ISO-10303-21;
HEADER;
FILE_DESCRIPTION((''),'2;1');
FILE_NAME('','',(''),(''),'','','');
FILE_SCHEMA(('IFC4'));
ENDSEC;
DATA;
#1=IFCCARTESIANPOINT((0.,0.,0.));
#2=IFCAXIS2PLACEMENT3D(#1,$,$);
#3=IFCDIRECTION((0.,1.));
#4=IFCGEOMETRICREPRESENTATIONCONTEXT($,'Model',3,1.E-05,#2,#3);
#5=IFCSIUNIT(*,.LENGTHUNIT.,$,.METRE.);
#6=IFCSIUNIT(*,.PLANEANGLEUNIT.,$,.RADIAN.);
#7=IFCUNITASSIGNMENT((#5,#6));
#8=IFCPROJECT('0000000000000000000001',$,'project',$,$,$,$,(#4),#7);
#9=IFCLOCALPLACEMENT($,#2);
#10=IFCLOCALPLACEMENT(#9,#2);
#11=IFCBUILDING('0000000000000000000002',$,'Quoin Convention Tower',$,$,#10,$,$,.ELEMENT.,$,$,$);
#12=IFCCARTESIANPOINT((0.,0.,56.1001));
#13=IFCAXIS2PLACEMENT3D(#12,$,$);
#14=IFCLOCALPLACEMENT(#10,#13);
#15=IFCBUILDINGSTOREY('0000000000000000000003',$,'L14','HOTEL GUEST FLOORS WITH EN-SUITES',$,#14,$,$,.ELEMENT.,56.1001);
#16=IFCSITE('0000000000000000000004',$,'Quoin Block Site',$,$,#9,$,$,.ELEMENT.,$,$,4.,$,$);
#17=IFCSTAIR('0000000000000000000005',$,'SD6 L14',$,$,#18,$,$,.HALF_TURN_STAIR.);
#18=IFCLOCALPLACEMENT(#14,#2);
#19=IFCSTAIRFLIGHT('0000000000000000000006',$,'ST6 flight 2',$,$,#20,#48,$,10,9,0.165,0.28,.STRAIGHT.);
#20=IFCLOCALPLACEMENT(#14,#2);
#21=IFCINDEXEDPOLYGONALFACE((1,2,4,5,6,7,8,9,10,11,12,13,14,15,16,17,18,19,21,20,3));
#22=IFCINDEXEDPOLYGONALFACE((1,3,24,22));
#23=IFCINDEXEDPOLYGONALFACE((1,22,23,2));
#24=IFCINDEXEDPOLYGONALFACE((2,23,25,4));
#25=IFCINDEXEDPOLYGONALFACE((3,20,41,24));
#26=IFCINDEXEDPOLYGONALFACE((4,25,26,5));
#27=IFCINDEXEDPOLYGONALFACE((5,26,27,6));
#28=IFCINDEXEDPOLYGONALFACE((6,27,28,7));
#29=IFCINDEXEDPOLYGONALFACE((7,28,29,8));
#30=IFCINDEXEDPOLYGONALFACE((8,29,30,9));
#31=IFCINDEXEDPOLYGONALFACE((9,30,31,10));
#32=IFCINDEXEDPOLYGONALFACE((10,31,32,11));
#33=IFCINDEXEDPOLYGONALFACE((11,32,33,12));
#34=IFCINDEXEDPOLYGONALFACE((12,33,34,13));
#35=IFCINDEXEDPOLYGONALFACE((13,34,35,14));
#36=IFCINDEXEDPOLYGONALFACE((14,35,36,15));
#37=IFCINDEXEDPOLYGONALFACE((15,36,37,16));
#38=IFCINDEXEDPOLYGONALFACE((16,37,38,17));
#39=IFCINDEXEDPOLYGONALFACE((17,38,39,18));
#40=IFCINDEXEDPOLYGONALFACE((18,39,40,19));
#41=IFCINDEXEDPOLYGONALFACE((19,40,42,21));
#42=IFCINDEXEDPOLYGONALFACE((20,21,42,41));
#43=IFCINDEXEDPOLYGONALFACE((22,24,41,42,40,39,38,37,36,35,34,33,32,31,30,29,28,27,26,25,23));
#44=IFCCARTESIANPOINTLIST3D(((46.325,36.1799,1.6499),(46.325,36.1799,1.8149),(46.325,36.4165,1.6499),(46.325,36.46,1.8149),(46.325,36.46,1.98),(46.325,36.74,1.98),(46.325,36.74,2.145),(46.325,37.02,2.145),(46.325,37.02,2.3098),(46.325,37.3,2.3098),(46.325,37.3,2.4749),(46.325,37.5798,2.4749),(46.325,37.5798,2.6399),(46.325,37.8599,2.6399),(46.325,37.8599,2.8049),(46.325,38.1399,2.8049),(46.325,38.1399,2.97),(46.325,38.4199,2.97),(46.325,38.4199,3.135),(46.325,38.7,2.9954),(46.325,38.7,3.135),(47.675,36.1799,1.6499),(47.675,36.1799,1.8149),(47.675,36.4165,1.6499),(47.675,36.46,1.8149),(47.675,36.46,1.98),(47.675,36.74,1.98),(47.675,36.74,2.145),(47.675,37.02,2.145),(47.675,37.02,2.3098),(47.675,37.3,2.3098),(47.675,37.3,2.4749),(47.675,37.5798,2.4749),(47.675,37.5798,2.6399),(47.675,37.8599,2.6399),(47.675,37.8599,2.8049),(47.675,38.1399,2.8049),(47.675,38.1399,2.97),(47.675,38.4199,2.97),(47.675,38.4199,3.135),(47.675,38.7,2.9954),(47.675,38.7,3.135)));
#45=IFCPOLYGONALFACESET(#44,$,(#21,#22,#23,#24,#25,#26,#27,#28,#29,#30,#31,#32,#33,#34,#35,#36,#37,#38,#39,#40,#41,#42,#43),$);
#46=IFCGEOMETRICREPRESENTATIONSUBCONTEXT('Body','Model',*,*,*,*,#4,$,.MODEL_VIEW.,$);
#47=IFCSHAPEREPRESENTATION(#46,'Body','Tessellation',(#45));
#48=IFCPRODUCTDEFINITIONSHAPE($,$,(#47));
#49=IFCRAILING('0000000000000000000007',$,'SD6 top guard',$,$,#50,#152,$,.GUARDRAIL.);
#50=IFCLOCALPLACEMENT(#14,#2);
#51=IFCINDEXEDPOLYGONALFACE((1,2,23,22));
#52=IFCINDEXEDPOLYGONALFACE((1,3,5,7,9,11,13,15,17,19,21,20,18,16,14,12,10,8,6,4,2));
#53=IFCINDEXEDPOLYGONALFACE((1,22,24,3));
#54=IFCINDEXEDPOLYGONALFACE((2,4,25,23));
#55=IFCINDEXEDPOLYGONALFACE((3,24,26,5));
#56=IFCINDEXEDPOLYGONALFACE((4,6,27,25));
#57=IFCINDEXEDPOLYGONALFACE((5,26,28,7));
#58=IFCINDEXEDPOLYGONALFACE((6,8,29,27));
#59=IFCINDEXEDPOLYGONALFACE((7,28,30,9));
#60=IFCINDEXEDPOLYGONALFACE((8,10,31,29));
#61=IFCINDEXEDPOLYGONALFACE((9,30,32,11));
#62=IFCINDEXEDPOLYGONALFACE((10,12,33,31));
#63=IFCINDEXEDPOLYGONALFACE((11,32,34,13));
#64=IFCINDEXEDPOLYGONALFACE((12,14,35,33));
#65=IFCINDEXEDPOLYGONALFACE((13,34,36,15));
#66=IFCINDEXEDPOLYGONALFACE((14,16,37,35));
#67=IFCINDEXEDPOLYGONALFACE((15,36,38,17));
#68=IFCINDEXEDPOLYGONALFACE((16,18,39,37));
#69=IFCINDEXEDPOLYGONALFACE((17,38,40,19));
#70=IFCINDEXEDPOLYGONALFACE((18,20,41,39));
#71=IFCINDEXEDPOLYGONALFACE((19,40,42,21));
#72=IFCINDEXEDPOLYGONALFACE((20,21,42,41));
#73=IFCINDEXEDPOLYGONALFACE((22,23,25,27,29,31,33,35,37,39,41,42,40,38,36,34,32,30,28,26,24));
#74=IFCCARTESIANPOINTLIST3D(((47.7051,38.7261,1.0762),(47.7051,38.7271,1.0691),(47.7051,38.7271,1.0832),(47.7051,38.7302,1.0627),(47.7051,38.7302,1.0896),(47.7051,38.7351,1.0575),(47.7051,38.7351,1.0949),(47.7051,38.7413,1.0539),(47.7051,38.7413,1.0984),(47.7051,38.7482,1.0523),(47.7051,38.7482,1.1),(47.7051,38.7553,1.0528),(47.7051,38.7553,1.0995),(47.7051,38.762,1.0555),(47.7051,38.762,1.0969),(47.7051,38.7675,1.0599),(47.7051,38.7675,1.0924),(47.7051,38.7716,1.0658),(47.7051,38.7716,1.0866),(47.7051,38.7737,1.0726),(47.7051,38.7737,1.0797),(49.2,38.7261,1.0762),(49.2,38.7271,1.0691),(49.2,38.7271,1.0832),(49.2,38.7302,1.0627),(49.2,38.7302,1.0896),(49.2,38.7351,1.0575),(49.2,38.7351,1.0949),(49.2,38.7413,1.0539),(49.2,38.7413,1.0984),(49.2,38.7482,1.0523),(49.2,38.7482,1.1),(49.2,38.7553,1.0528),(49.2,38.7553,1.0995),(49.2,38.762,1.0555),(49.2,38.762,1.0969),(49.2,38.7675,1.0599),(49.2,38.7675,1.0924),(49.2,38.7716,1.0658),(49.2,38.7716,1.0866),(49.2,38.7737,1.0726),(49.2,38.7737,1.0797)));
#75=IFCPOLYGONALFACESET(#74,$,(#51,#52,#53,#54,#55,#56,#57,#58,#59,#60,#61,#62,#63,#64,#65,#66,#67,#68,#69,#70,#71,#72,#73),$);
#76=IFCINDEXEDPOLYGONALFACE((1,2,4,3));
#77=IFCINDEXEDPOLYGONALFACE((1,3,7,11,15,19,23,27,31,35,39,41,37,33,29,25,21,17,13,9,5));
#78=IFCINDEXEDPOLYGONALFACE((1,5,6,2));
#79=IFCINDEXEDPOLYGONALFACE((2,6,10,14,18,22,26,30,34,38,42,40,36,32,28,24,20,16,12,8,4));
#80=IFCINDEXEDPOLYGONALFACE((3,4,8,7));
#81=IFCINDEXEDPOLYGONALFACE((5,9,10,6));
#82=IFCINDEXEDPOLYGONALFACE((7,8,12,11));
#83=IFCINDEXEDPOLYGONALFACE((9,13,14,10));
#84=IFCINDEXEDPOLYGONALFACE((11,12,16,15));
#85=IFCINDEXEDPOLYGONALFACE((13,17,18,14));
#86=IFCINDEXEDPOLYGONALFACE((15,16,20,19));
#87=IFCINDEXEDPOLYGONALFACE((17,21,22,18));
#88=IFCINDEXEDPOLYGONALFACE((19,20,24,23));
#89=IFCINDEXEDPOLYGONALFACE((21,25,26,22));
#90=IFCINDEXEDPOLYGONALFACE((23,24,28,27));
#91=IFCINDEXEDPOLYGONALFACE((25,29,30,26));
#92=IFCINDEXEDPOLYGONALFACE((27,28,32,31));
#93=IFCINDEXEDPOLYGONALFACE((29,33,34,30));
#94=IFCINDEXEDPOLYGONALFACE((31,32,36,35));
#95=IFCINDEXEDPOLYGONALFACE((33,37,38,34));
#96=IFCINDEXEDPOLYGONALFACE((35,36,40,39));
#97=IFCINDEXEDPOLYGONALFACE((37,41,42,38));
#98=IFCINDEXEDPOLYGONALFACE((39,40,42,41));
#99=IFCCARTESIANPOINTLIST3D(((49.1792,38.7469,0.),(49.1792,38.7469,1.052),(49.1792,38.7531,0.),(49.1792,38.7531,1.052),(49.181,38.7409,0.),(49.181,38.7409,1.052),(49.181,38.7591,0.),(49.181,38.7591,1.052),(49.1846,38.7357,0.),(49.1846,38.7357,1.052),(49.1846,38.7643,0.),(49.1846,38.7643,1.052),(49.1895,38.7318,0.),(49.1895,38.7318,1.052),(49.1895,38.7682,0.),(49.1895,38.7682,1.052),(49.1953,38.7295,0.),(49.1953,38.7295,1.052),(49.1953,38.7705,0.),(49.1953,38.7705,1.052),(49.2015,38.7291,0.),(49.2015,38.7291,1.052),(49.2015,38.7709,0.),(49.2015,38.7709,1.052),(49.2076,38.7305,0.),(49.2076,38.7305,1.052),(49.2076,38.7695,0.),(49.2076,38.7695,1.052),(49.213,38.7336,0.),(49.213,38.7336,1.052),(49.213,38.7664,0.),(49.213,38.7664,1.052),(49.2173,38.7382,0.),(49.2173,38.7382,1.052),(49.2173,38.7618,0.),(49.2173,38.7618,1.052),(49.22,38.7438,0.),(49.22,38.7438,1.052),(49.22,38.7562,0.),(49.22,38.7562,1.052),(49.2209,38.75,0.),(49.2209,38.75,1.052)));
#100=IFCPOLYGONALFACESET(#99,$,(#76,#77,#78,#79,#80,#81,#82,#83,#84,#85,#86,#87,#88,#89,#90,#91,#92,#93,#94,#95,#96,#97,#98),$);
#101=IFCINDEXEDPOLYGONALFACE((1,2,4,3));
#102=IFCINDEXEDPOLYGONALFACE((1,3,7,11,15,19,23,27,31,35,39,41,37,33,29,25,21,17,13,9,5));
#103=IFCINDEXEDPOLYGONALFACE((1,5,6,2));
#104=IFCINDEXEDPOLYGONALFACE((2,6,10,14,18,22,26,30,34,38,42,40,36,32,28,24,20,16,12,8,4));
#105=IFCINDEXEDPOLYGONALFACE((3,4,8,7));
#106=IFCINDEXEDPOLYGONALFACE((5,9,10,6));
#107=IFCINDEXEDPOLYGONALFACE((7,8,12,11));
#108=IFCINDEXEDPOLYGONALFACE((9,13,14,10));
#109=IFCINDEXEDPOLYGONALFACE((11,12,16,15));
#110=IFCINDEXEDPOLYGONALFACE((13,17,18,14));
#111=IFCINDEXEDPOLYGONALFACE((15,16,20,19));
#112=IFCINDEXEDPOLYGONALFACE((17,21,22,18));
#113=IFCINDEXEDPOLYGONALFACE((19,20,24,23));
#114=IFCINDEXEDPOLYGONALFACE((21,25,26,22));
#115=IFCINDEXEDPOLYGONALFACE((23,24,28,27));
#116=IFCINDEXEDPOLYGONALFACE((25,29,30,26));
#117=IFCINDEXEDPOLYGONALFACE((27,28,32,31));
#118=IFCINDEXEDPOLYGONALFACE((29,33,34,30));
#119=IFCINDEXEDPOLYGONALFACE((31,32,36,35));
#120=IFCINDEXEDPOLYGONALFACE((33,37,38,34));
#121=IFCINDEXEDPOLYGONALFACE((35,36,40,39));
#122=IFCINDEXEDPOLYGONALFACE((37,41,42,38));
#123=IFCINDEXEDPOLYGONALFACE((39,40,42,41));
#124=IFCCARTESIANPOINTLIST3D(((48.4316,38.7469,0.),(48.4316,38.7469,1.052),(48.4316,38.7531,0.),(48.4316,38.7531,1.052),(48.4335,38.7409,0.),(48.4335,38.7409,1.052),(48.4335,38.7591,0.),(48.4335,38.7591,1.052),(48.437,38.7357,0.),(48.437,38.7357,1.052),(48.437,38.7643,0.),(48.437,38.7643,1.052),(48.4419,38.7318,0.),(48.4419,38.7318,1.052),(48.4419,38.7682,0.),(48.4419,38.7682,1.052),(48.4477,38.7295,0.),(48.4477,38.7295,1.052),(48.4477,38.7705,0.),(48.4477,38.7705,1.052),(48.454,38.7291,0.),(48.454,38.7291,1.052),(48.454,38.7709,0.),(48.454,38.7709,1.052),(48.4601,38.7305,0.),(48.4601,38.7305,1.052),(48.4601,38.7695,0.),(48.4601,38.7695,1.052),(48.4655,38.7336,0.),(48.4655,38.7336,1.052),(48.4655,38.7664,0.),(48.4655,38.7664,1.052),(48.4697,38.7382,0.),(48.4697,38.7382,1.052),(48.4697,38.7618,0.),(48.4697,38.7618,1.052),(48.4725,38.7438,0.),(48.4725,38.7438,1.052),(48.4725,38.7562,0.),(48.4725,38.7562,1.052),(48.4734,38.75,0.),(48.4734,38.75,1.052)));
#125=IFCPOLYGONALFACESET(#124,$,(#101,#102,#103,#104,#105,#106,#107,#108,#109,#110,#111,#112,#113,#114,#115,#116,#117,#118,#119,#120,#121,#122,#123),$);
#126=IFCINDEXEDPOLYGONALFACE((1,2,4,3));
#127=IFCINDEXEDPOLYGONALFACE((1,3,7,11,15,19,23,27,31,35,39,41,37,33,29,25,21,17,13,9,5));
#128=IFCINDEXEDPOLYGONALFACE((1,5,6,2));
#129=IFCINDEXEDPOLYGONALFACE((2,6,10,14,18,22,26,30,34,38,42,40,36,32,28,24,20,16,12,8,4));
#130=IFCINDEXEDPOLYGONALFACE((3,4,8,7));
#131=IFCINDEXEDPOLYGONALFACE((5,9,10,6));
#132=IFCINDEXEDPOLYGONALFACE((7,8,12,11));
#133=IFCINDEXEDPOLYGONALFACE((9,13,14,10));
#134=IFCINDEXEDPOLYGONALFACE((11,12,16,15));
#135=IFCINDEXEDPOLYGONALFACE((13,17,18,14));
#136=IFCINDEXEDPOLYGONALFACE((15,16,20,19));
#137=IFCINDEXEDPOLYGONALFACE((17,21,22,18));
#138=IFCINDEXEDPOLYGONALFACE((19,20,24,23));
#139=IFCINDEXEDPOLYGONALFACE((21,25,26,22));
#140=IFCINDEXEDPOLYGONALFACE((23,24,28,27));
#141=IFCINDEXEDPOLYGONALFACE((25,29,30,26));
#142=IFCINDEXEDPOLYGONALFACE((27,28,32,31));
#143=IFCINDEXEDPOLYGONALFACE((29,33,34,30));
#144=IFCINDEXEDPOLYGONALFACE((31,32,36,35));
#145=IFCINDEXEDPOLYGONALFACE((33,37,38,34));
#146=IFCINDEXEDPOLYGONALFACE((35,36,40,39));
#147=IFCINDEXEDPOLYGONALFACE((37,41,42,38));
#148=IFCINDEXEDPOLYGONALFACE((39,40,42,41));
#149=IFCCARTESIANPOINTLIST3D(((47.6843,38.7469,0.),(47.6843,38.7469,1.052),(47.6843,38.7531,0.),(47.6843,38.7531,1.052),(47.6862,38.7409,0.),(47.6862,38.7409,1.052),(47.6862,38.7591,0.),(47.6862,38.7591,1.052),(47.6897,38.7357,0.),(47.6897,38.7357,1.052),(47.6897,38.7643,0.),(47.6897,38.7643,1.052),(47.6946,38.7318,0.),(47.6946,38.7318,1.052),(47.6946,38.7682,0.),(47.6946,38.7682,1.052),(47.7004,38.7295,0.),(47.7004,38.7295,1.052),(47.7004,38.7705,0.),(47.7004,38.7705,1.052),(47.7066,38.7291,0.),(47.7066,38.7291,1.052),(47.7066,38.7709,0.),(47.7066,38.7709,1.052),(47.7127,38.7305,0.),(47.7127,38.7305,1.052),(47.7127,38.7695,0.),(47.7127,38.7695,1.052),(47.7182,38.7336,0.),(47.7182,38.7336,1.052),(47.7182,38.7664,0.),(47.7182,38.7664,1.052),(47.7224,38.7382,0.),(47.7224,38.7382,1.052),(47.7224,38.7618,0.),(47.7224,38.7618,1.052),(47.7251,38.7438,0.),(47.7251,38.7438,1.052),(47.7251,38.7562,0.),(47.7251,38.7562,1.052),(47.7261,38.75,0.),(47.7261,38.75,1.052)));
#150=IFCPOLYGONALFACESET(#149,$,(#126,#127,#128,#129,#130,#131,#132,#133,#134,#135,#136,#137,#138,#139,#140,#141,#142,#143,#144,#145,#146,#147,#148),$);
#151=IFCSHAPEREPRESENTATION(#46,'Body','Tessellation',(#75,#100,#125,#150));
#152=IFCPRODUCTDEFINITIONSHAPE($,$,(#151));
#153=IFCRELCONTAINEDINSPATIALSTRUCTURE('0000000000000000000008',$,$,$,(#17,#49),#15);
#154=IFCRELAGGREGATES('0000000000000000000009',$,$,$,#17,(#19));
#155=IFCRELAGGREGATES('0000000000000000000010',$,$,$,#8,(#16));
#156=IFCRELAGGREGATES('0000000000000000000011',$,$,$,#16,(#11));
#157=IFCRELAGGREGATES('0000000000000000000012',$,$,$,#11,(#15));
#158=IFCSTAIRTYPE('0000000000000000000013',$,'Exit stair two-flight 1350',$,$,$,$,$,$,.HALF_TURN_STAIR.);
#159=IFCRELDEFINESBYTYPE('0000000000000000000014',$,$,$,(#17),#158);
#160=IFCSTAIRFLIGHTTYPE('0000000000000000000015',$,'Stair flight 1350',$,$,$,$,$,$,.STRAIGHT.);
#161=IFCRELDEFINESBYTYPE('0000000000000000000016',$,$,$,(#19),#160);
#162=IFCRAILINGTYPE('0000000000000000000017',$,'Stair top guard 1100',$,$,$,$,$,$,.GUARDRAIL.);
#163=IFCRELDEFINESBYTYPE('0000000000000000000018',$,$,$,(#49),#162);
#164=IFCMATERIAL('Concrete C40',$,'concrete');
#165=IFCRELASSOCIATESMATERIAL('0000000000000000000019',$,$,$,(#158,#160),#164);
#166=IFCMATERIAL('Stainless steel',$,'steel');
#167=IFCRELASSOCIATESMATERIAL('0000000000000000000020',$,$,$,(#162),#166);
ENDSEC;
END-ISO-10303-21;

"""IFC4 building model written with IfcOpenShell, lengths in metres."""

from ifc_helpers import new_model, si_unit, direction, frame, origin, origin_2d, place, context, subcontext, project, spatial, polyline, circle, outline, extrude, material, type_object, element, aggregate, save


model = new_model("IFC4")

# Units and contexts
model_context = context("Model", 3, precision=1e-05, world=origin(), true_north=direction((0.0, 1.0)))
body_context = subcontext(model_context, "Body", "Model", "MODEL_VIEW")
ifc_project = project(units=[si_unit("LENGTHUNIT", "METRE"), si_unit("PLANEANGLEUNIT", "RADIAN")], contexts=[model_context])

# Site, building, storey
site_placement = place(None, origin())
site = spatial("IfcSite", under=ifc_project, at=site_placement, Name="Quoin Block Site", CompositionType="ELEMENT", RefElevation=4.0)
building_placement = place(site_placement, origin())
building = spatial("IfcBuilding", under=site, at=building_placement, Name="Quoin Convention Tower", CompositionType="ELEMENT")
storey_placement = place(building_placement, frame((0.0, 0.0, 56.1001)))
storey = spatial("IfcBuildingStorey", under=building, at=storey_placement, Name="L14", Description="HOTEL GUEST FLOORS WITH EN-SUITES", CompositionType="ELEMENT", Elevation=56.1001)

# Shared definitions
ifc_material_1 = material(Name="Concrete C40", Category="concrete")
stair_type = type_object("IfcStairType", Name="Exit stair two-flight 1350", PredefinedType="HALF_TURN_STAIR", material=ifc_material_1)
stair_flight_type = type_object("IfcStairFlightType", Name="Stair flight 1350", PredefinedType="STRAIGHT", material=ifc_material_1)

# Stair, stair flight
stair_1_placement = place(storey_placement, origin())
stair_1 = element("IfcStair", 1, at=stair_1_placement, inside=storey, type_object=stair_type, Name="SD6 L14", PredefinedType="HALF_TURN_STAIR")
stair_flight_1_placement = place(storey_placement, frame((47.0, 36.1799, 1.6499), z_axis=(0.0, 0.0, 1.0), x_axis=(0.0, 1.0, 0.0)))
stair_flight_1 = element("IfcStairFlight", 2, at=stair_flight_1_placement, type_object=stair_flight_type, Name="ST6 flight 2", NumberOfRisers=10, NumberOfTreads=9, PredefinedType="STRAIGHT", RiserHeight=0.165, TreadLength=0.28, context=body_context, shape_type="SweptSolid", body=[
    extrude(outline(polyline([(0.0, 0.0), (0.0, 0.165), (0.28, 0.165), (0.28, 0.3301), (0.5601, 0.3301), (0.5601, 0.4951), (0.8401, 0.4951), (0.8401, 0.6599), (1.1201, 0.6599), (1.1201, 0.825), (1.3999, 0.825), (1.3999, 0.99), (1.6799, 0.99), (1.6799, 1.155), (1.96, 1.155), (1.96, 1.3201), (2.24, 1.3201), (2.24, 1.4851), (2.52, 1.4851), (2.52, 1.6499), (2.52, 1.3455), (0.2366, 0.0), (0.0, 0.0)])), frame((0.0, 0.675, 0.0), z_axis=(0.0, -1.0, 0.0), x_axis=(1.0, 0.0, 0.0)), (0.0, 0.0, 1.0), 1.3501),
])
aggregate(stair_1, [stair_flight_1])

# Railing
ifc_material_2 = material(Name="Stainless steel", Category="steel")
railing_type_1 = type_object("IfcRailingType", Name="Stair top guard 1100", PredefinedType="GUARDRAIL", material=ifc_material_2)
railing_1_placement = place(storey_placement, frame((49.2, 38.75, 0.0)))
element("IfcRailing", 3, at=railing_1_placement, inside=storey, type_object=railing_type_1, Name="SD6 top guard", PredefinedType="GUARDRAIL", context=body_context, shape_type="SweptSolid", body=[
    extrude(circle(Radius=0.0239, at=origin_2d()), frame((0.0, 0.0, 1.0762), z_axis=(-1.0, 0.0, 0.0), x_axis=(0.0, -1.0, 0.0)), (0.0, 0.0, 1.0), 1.4949),
    extrude(circle(Radius=0.021, at=origin_2d()), origin(), (0.0, 0.0, 1.0), 1.052),
    extrude(circle(Radius=0.021, at=origin_2d()), frame((-0.7476, 0.0, 0.0)), (0.0, 0.0, 1.0), 1.052),
    extrude(circle(Radius=0.021, at=origin_2d()), frame((-1.4949, 0.0, 0.0)), (0.0, 0.0, 1.0), 1.052),
])

save(model, "model.ifc")
